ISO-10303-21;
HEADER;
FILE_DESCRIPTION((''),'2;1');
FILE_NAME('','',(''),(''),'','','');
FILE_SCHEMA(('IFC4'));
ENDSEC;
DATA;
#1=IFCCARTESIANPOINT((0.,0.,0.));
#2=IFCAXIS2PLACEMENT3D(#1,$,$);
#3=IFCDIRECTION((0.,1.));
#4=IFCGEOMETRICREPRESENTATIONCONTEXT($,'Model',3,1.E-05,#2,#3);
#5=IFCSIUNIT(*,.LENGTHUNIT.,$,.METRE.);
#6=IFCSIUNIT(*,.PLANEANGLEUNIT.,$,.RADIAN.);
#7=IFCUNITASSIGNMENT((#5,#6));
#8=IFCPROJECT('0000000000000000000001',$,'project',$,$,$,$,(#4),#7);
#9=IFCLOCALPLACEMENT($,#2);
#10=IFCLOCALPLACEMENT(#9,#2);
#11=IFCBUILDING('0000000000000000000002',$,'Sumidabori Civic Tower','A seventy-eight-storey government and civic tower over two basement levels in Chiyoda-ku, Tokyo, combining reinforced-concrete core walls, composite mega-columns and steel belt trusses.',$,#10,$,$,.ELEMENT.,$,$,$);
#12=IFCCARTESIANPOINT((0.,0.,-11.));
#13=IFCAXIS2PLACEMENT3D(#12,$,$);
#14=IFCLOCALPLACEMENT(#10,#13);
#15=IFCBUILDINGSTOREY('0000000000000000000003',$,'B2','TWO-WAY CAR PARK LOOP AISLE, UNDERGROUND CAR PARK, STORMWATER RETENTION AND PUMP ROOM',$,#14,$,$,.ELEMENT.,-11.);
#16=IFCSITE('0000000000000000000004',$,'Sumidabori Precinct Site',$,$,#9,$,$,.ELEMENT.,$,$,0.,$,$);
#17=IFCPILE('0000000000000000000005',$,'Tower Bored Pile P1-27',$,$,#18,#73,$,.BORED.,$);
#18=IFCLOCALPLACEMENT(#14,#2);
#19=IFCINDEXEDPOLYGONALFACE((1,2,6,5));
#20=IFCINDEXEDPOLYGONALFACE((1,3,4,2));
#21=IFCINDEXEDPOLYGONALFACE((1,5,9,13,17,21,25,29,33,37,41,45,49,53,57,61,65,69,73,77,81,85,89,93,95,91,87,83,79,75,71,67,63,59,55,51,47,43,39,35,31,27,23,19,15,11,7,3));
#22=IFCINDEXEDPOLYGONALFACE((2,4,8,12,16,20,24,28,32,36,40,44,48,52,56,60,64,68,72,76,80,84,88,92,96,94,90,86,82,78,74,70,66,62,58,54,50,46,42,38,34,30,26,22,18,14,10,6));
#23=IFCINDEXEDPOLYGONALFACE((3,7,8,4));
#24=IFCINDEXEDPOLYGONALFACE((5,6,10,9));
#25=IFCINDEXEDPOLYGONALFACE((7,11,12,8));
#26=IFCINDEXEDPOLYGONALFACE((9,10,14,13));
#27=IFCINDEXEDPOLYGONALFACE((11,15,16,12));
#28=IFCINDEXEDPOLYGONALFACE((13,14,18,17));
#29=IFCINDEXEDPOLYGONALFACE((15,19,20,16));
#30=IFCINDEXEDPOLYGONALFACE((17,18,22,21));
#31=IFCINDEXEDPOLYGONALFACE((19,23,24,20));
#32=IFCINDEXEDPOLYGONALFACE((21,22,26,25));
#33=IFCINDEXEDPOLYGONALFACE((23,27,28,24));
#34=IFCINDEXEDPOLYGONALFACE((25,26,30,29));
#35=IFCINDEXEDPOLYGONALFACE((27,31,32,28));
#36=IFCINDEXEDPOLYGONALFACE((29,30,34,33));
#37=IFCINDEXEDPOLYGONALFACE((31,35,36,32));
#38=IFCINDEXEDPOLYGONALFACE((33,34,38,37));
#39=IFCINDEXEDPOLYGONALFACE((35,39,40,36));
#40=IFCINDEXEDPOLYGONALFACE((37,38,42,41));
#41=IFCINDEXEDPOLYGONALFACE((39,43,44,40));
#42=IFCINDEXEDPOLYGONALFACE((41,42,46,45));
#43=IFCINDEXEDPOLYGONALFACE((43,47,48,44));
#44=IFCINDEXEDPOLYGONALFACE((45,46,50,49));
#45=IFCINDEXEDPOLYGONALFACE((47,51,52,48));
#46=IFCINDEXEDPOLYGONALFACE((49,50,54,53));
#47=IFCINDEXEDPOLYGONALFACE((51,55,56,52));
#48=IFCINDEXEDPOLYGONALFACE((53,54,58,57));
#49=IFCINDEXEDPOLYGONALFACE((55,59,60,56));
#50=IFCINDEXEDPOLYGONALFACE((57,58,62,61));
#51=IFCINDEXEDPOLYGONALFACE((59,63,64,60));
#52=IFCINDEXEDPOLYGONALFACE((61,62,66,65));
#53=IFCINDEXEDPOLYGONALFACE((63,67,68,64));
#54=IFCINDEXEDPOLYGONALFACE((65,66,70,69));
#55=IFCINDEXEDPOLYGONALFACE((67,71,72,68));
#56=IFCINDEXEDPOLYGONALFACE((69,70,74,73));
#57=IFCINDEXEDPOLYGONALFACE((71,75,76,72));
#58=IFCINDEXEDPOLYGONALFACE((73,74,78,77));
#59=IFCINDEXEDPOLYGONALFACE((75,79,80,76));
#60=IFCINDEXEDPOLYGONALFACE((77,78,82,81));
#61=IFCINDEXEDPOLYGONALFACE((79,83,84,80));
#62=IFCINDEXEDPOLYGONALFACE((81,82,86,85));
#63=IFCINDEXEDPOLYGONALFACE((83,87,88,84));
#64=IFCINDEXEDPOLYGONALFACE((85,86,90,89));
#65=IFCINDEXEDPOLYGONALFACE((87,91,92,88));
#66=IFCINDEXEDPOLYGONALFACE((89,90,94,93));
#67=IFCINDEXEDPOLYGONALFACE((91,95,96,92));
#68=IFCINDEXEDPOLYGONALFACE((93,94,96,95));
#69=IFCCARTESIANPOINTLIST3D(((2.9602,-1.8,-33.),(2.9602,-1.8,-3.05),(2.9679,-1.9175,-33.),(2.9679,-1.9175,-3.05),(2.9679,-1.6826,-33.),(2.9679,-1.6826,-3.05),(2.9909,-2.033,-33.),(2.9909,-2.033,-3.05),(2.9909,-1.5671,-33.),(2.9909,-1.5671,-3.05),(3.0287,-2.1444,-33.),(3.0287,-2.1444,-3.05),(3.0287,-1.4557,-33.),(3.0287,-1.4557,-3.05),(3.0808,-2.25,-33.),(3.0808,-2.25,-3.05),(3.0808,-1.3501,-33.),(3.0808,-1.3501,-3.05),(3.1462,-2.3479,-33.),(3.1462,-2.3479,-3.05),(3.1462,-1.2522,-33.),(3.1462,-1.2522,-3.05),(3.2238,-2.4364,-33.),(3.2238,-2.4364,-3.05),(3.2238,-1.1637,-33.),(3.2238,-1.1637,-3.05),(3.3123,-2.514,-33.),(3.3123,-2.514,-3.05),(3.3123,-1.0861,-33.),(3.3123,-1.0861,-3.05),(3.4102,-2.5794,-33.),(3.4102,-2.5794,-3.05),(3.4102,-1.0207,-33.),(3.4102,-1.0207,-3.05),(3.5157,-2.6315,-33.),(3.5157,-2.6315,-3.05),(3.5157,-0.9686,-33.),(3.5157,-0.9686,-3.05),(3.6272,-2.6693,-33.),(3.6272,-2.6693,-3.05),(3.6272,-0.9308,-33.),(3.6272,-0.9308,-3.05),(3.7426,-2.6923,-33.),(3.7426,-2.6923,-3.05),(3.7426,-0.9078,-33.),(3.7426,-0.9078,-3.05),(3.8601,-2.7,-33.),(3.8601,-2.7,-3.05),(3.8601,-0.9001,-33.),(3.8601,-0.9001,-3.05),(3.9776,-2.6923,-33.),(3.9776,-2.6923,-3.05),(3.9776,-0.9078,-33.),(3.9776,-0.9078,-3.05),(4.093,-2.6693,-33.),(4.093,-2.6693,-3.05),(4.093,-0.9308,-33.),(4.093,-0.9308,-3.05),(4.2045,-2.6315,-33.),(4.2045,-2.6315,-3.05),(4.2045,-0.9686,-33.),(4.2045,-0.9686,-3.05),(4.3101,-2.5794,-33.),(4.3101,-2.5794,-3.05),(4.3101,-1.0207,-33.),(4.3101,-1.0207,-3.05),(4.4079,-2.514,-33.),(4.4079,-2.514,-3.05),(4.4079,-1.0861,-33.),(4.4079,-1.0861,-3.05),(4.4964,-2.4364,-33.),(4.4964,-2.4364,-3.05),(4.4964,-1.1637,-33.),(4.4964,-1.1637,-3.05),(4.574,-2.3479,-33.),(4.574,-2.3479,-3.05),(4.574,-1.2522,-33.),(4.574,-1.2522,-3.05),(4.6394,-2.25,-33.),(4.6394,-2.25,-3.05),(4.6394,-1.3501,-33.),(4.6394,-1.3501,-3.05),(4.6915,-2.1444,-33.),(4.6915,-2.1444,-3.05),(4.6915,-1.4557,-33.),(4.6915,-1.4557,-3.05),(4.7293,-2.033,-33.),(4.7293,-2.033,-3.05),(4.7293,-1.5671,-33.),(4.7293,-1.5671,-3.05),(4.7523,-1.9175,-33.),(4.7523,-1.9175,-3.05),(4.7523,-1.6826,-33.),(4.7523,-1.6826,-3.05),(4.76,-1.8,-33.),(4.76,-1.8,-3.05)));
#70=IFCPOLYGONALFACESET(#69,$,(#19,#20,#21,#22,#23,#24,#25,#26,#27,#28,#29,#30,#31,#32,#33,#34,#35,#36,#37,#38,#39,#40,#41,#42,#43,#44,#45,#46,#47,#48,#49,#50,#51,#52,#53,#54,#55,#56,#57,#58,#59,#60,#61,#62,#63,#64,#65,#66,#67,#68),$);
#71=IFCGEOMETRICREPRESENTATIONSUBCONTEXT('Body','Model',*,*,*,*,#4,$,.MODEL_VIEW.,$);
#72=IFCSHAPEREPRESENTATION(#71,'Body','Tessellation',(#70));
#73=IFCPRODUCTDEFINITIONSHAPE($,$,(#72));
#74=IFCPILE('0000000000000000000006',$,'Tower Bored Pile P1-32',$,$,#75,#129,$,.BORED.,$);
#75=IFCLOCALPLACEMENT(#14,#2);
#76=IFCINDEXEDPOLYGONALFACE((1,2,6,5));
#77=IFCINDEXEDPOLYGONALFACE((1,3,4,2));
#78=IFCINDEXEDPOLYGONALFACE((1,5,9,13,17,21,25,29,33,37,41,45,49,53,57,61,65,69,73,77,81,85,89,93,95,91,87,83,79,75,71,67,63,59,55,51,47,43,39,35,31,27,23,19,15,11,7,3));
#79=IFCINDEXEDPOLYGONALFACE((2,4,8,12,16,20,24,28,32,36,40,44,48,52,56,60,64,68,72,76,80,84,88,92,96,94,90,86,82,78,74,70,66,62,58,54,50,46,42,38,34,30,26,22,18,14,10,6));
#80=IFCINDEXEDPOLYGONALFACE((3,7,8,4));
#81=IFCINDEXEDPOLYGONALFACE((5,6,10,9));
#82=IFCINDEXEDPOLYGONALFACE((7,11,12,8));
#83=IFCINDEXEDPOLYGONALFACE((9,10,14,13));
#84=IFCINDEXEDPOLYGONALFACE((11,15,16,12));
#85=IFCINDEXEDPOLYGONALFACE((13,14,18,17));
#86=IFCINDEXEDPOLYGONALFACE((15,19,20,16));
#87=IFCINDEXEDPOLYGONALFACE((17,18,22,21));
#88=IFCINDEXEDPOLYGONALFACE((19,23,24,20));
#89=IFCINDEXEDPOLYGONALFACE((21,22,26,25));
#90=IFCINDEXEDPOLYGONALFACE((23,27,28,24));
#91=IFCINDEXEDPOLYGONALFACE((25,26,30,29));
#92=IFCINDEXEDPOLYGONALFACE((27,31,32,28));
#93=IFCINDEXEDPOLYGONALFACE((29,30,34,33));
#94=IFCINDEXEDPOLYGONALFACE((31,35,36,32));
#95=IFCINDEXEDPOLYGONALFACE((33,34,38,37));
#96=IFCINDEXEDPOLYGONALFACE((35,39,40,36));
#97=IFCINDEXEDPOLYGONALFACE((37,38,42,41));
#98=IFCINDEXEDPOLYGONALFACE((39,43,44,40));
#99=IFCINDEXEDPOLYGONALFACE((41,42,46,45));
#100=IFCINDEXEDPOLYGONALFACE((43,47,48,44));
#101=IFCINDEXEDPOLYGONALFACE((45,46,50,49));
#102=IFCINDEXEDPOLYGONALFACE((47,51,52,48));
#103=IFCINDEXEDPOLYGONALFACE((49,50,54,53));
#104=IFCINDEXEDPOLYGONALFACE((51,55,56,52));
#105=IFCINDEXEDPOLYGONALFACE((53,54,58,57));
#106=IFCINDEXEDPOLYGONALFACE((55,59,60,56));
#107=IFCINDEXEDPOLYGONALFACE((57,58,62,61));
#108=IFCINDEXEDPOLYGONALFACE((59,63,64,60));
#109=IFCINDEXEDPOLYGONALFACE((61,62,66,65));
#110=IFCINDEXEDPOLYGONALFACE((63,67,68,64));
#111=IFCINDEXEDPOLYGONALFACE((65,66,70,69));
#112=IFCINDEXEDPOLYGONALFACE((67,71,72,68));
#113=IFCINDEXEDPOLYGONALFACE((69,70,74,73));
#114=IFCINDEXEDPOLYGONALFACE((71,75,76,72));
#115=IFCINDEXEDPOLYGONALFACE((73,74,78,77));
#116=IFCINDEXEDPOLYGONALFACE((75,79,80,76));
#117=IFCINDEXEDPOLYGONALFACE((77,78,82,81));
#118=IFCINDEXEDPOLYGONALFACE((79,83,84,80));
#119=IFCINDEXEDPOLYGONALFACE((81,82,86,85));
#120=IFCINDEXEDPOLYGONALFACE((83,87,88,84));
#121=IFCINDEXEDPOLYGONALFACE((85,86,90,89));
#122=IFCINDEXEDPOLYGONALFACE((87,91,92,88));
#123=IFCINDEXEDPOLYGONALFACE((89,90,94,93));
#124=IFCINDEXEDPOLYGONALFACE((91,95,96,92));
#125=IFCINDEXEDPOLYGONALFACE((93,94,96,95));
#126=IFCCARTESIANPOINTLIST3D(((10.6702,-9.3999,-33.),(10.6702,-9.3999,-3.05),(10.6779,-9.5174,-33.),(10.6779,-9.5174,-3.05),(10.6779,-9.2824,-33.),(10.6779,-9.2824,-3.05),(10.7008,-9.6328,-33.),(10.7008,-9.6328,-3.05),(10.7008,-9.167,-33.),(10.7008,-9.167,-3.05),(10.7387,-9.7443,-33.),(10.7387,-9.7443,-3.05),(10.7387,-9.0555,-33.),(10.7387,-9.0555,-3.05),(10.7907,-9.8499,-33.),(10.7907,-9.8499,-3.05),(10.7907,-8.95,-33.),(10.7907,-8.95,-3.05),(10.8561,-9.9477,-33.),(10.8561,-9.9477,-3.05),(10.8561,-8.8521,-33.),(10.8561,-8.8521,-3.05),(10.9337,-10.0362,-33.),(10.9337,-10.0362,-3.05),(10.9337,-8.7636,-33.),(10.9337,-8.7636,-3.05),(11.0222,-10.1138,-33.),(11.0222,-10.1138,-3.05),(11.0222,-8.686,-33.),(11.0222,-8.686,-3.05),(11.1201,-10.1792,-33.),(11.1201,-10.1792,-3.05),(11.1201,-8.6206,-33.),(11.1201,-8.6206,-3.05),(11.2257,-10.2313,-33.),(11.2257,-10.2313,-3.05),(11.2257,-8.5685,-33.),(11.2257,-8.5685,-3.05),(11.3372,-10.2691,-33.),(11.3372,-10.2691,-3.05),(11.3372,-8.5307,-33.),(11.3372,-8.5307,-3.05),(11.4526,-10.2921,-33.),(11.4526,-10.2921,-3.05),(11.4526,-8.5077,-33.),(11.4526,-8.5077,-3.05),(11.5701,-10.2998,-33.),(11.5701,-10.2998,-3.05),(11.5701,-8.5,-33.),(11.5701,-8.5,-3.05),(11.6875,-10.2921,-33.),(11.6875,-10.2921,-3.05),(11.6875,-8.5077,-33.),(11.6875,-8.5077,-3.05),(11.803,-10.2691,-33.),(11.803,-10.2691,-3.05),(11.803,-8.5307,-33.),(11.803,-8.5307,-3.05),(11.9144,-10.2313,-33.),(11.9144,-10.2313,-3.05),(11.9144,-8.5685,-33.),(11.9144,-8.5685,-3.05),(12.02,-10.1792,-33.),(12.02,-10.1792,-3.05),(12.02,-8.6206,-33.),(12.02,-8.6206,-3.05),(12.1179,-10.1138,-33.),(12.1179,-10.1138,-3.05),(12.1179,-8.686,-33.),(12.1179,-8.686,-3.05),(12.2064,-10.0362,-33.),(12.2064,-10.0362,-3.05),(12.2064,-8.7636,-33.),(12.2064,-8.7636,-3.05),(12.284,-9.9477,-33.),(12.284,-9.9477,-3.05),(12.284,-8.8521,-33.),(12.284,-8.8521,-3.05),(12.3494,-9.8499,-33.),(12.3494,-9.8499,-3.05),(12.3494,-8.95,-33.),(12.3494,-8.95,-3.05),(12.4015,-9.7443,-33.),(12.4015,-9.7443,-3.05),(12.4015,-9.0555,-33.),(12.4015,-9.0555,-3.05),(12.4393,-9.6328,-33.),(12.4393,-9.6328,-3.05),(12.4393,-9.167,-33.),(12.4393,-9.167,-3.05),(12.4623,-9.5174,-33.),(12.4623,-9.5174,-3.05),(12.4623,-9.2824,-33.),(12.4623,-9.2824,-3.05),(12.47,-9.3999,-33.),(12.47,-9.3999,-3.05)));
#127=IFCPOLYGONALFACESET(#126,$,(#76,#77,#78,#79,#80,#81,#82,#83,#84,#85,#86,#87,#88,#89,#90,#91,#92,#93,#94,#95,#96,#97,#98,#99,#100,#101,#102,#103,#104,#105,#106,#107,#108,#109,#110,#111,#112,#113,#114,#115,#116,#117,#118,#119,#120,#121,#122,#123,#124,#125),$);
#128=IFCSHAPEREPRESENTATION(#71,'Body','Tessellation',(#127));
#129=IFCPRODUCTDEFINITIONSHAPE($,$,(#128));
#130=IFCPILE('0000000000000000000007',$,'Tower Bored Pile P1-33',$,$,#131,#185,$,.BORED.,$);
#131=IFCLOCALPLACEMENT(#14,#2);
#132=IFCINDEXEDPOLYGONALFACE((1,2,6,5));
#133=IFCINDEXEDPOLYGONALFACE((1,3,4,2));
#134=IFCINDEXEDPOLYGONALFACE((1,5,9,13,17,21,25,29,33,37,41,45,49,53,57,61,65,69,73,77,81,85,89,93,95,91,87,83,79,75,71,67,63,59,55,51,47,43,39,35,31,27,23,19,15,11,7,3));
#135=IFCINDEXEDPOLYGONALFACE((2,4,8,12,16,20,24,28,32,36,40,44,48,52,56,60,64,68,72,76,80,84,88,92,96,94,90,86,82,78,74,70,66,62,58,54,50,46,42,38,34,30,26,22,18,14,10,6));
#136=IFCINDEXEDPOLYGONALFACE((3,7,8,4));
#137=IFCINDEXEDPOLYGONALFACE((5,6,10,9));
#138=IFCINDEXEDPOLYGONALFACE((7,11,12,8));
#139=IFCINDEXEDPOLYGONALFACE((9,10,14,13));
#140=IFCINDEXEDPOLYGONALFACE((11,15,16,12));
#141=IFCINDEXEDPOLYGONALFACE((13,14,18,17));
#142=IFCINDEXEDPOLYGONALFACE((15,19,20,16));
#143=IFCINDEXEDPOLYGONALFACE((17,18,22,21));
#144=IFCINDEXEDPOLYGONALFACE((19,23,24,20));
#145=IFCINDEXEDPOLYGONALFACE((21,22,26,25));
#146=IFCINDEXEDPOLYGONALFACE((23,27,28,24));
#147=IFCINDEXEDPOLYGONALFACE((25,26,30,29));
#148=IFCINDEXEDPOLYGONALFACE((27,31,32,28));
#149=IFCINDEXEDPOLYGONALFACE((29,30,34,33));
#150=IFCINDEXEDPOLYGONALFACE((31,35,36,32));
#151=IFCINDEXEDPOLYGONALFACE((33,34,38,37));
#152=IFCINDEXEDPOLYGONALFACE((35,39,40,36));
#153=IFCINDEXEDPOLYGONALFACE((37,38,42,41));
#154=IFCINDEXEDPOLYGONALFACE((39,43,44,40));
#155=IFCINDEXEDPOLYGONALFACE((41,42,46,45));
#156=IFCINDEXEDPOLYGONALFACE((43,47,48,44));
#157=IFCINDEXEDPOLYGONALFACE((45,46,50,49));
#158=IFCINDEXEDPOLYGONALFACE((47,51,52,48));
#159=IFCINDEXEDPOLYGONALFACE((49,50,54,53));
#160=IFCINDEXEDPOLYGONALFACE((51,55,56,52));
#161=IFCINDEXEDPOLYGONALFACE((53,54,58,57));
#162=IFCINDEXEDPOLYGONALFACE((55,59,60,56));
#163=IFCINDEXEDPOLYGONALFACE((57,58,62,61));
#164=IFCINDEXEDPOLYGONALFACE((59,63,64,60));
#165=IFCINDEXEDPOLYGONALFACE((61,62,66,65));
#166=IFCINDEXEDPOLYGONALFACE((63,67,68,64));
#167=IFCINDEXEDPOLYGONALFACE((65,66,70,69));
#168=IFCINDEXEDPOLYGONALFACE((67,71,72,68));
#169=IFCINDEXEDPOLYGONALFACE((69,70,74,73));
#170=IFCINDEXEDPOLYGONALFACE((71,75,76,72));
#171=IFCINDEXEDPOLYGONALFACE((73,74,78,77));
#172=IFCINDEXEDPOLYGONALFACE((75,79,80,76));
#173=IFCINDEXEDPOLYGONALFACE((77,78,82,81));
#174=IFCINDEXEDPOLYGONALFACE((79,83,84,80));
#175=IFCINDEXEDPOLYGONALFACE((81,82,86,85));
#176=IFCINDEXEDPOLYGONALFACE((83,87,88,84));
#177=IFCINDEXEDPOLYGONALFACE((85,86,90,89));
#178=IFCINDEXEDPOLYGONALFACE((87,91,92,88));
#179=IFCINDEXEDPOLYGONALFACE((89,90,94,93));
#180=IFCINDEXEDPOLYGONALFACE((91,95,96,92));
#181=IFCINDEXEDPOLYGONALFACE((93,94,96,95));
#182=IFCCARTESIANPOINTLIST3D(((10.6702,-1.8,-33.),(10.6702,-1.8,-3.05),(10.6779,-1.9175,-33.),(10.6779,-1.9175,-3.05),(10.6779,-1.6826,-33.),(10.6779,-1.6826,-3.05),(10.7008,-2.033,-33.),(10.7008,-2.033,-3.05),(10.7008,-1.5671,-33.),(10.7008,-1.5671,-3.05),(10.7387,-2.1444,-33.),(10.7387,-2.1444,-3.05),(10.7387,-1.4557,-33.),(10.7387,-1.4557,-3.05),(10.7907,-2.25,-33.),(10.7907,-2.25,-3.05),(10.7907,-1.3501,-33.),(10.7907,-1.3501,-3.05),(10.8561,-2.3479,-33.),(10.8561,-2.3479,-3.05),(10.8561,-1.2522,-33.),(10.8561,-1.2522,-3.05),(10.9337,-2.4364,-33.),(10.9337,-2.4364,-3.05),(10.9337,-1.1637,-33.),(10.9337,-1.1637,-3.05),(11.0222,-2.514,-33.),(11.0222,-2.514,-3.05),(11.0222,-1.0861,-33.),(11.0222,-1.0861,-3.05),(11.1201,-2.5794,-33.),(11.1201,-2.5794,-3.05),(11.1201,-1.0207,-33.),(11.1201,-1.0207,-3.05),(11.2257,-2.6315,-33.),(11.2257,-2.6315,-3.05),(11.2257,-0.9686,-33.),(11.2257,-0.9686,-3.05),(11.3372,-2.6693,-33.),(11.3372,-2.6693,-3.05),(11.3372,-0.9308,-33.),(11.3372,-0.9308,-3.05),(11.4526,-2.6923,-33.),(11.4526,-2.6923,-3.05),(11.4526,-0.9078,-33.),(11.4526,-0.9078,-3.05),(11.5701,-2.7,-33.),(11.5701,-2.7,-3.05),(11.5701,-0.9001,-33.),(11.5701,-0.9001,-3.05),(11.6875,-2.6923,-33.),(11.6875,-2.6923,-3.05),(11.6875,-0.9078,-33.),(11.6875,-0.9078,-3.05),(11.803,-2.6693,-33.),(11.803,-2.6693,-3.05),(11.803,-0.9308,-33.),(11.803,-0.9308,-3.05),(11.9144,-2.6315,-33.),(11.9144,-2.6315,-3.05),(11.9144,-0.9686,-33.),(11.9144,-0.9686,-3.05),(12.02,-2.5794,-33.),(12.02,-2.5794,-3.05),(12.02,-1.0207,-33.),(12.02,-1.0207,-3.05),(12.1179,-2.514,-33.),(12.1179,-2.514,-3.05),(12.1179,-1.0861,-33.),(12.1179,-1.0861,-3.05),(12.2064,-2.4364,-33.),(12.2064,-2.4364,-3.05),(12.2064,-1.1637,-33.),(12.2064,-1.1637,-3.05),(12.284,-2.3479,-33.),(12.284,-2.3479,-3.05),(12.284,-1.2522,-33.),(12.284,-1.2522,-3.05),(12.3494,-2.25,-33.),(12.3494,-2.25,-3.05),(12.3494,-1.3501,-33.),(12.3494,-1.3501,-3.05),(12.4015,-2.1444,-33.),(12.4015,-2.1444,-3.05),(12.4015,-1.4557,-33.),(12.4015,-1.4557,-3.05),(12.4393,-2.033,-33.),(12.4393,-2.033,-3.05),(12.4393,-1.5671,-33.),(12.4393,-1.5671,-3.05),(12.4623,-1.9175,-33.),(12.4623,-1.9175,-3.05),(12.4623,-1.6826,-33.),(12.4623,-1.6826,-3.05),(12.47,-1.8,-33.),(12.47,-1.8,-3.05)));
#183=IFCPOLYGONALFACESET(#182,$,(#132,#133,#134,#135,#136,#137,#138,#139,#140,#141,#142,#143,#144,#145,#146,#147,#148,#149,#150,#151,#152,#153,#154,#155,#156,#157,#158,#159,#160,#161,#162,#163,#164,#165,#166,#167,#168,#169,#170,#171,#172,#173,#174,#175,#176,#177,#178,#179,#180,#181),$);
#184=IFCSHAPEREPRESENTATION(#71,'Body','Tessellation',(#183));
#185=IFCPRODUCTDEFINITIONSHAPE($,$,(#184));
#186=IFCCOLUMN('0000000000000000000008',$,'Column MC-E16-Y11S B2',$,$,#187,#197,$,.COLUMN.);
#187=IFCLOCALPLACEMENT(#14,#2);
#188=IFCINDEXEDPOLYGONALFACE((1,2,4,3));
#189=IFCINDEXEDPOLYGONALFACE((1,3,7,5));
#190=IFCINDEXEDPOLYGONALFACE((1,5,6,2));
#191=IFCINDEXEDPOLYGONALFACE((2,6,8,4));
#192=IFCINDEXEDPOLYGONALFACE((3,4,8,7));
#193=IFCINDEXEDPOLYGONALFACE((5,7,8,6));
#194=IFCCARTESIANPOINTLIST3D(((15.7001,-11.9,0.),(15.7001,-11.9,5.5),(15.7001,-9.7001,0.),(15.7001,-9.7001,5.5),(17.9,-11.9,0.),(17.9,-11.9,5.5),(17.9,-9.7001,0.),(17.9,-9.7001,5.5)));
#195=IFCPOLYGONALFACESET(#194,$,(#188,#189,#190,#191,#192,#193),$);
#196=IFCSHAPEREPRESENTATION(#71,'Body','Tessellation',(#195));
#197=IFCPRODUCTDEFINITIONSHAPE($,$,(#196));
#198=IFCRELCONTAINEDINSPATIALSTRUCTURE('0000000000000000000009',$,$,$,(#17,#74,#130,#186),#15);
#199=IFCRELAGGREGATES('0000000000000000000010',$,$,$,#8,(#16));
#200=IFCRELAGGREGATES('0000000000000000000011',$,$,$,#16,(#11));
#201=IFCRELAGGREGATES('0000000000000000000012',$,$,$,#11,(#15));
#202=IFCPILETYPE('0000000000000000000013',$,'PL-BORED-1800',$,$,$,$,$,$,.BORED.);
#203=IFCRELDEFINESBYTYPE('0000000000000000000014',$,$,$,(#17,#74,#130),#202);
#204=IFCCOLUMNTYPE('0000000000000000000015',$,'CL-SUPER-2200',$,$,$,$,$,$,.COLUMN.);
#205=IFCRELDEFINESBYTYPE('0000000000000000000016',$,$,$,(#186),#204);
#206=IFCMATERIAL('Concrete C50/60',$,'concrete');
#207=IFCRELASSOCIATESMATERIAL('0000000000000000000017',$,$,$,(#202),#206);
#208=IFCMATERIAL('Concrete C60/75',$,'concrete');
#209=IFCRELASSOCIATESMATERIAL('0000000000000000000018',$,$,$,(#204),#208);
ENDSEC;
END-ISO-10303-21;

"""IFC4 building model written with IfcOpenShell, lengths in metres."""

from ifc_helpers import new_model, si_unit, direction, frame, origin, origin_2d, place, context, subcontext, project, spatial, rectangle, circle, extrude, source, transform, mapped, material, material_profile, profile_set, type_object, element, save


model = new_model("IFC4")

# Units and contexts
model_context = context("Model", 3, precision=1e-05, world=origin(), true_north=direction((0.0, 1.0)))
body_context = subcontext(model_context, "Body", "Model", "MODEL_VIEW")
ifc_project = project(units=[si_unit("LENGTHUNIT", "METRE"), si_unit("PLANEANGLEUNIT", "RADIAN")], contexts=[model_context])

# Site, building, storey
site_placement = place(None, origin())
site = spatial("IfcSite", under=ifc_project, at=site_placement, Name="Sumidabori Precinct Site", CompositionType="ELEMENT", RefElevation=0.0)
building_placement = place(site_placement, origin())
building = spatial("IfcBuilding", under=site, at=building_placement, Name="Sumidabori Civic Tower", Description="A seventy-eight-storey government and civic tower over two basement levels in Chiyoda-ku, Tokyo, combining reinforced-concrete core walls, composite mega-columns and steel belt trusses.", CompositionType="ELEMENT")
storey_placement = place(building_placement, frame((0.0, 0.0, -11.0)))
storey = spatial("IfcBuildingStorey", under=building, at=storey_placement, Name="B2", Description="TWO-WAY CAR PARK LOOP AISLE, UNDERGROUND CAR PARK, STORMWATER RETENTION AND PUMP ROOM", CompositionType="ELEMENT", Elevation=-11.0)

# Shared definitions
ifc_material_1 = material(Name="Concrete C50/60", Category="concrete")

# Piles
ifc_material_profile_1 = material_profile(ifc_material_1, circle(Radius=0.8999, at=origin_2d()), Name="BORED PILE 1800")
ifc_profile_set_1 = profile_set([ifc_material_profile_1], Name="Concrete C50/60")
pile_type = type_object("IfcPileType", Name="PL-BORED-1800", PredefinedType="BORED", material=ifc_profile_set_1)
shared_shape_1 = source(origin(), body_context, "Body", "SweptSolid", [
    extrude(circle(Radius=0.8999, at=origin_2d()), origin(), (0.0, 0.0, 1.0), 29.95),
])
for number, where, z_axis, x_axis, name in (
    (1, (3.8601, -1.8, -3.05), (0.0, 0.0, -1.0), (1.0, 0.0, 0.0), "Tower Bored Pile P1-27"),
    (2, (11.5701, -9.3999, -3.05), (0.0, 0.0, -1.0), (1.0, 0.0, 0.0), "Tower Bored Pile P1-32"),
    (3, (11.5701, -1.8, -3.05), (0.0, 0.0, -1.0), (1.0, 0.0, 0.0), "Tower Bored Pile P1-33"),
):
    element("IfcPile", number, at=place(storey_placement, frame(where, z_axis=z_axis, x_axis=x_axis)), inside=storey, type_object=pile_type, Name=name, PredefinedType="BORED", context=body_context, shape_type="MappedRepresentation", body=[
        mapped(shared_shape_1, transform((0.0, 0.0, 0.0), x_axis=(1.0, 0.0, 0.0), y_axis=(0.0, 1.0, 0.0), z_axis=(0.0, 0.0, 1.0), scale=1.0)),
    ])

# Column
ifc_material_2 = material(Name="Concrete C60/75", Category="concrete")
ifc_material_profile_2 = material_profile(ifc_material_2, rectangle(XDim=2.2, YDim=2.2, at=origin_2d()), Name="RC 2200x2200")
ifc_profile_set_2 = profile_set([ifc_material_profile_2], Name="Concrete C60/75")
column_type_1 = type_object("IfcColumnType", Name="CL-SUPER-2200", PredefinedType="COLUMN", material=ifc_profile_set_2)
shared_shape_2 = source(origin(), body_context, "Body", "SweptSolid", [
    extrude(rectangle(XDim=2.2, YDim=2.2, at=origin_2d()), origin(), (0.0, 0.0, 1.0), 5.5),
])
column_placement = place(storey_placement, frame((16.8, -10.8, 0.0), z_axis=(0.0, 0.0, 1.0), x_axis=(1.0, 0.0, 0.0)))
element("IfcColumn", 4, at=column_placement, inside=storey, type_object=column_type_1, Name="Column MC-E16-Y11S B2", PredefinedType="COLUMN", context=body_context, shape_type="MappedRepresentation", body=[
    mapped(shared_shape_2, transform((0.0, 0.0, 0.0), x_axis=(1.0, 0.0, 0.0), y_axis=(0.0, 1.0, 0.0), z_axis=(0.0, 0.0, 1.0), scale=1.0)),
])

save(model, "model.ifc")
